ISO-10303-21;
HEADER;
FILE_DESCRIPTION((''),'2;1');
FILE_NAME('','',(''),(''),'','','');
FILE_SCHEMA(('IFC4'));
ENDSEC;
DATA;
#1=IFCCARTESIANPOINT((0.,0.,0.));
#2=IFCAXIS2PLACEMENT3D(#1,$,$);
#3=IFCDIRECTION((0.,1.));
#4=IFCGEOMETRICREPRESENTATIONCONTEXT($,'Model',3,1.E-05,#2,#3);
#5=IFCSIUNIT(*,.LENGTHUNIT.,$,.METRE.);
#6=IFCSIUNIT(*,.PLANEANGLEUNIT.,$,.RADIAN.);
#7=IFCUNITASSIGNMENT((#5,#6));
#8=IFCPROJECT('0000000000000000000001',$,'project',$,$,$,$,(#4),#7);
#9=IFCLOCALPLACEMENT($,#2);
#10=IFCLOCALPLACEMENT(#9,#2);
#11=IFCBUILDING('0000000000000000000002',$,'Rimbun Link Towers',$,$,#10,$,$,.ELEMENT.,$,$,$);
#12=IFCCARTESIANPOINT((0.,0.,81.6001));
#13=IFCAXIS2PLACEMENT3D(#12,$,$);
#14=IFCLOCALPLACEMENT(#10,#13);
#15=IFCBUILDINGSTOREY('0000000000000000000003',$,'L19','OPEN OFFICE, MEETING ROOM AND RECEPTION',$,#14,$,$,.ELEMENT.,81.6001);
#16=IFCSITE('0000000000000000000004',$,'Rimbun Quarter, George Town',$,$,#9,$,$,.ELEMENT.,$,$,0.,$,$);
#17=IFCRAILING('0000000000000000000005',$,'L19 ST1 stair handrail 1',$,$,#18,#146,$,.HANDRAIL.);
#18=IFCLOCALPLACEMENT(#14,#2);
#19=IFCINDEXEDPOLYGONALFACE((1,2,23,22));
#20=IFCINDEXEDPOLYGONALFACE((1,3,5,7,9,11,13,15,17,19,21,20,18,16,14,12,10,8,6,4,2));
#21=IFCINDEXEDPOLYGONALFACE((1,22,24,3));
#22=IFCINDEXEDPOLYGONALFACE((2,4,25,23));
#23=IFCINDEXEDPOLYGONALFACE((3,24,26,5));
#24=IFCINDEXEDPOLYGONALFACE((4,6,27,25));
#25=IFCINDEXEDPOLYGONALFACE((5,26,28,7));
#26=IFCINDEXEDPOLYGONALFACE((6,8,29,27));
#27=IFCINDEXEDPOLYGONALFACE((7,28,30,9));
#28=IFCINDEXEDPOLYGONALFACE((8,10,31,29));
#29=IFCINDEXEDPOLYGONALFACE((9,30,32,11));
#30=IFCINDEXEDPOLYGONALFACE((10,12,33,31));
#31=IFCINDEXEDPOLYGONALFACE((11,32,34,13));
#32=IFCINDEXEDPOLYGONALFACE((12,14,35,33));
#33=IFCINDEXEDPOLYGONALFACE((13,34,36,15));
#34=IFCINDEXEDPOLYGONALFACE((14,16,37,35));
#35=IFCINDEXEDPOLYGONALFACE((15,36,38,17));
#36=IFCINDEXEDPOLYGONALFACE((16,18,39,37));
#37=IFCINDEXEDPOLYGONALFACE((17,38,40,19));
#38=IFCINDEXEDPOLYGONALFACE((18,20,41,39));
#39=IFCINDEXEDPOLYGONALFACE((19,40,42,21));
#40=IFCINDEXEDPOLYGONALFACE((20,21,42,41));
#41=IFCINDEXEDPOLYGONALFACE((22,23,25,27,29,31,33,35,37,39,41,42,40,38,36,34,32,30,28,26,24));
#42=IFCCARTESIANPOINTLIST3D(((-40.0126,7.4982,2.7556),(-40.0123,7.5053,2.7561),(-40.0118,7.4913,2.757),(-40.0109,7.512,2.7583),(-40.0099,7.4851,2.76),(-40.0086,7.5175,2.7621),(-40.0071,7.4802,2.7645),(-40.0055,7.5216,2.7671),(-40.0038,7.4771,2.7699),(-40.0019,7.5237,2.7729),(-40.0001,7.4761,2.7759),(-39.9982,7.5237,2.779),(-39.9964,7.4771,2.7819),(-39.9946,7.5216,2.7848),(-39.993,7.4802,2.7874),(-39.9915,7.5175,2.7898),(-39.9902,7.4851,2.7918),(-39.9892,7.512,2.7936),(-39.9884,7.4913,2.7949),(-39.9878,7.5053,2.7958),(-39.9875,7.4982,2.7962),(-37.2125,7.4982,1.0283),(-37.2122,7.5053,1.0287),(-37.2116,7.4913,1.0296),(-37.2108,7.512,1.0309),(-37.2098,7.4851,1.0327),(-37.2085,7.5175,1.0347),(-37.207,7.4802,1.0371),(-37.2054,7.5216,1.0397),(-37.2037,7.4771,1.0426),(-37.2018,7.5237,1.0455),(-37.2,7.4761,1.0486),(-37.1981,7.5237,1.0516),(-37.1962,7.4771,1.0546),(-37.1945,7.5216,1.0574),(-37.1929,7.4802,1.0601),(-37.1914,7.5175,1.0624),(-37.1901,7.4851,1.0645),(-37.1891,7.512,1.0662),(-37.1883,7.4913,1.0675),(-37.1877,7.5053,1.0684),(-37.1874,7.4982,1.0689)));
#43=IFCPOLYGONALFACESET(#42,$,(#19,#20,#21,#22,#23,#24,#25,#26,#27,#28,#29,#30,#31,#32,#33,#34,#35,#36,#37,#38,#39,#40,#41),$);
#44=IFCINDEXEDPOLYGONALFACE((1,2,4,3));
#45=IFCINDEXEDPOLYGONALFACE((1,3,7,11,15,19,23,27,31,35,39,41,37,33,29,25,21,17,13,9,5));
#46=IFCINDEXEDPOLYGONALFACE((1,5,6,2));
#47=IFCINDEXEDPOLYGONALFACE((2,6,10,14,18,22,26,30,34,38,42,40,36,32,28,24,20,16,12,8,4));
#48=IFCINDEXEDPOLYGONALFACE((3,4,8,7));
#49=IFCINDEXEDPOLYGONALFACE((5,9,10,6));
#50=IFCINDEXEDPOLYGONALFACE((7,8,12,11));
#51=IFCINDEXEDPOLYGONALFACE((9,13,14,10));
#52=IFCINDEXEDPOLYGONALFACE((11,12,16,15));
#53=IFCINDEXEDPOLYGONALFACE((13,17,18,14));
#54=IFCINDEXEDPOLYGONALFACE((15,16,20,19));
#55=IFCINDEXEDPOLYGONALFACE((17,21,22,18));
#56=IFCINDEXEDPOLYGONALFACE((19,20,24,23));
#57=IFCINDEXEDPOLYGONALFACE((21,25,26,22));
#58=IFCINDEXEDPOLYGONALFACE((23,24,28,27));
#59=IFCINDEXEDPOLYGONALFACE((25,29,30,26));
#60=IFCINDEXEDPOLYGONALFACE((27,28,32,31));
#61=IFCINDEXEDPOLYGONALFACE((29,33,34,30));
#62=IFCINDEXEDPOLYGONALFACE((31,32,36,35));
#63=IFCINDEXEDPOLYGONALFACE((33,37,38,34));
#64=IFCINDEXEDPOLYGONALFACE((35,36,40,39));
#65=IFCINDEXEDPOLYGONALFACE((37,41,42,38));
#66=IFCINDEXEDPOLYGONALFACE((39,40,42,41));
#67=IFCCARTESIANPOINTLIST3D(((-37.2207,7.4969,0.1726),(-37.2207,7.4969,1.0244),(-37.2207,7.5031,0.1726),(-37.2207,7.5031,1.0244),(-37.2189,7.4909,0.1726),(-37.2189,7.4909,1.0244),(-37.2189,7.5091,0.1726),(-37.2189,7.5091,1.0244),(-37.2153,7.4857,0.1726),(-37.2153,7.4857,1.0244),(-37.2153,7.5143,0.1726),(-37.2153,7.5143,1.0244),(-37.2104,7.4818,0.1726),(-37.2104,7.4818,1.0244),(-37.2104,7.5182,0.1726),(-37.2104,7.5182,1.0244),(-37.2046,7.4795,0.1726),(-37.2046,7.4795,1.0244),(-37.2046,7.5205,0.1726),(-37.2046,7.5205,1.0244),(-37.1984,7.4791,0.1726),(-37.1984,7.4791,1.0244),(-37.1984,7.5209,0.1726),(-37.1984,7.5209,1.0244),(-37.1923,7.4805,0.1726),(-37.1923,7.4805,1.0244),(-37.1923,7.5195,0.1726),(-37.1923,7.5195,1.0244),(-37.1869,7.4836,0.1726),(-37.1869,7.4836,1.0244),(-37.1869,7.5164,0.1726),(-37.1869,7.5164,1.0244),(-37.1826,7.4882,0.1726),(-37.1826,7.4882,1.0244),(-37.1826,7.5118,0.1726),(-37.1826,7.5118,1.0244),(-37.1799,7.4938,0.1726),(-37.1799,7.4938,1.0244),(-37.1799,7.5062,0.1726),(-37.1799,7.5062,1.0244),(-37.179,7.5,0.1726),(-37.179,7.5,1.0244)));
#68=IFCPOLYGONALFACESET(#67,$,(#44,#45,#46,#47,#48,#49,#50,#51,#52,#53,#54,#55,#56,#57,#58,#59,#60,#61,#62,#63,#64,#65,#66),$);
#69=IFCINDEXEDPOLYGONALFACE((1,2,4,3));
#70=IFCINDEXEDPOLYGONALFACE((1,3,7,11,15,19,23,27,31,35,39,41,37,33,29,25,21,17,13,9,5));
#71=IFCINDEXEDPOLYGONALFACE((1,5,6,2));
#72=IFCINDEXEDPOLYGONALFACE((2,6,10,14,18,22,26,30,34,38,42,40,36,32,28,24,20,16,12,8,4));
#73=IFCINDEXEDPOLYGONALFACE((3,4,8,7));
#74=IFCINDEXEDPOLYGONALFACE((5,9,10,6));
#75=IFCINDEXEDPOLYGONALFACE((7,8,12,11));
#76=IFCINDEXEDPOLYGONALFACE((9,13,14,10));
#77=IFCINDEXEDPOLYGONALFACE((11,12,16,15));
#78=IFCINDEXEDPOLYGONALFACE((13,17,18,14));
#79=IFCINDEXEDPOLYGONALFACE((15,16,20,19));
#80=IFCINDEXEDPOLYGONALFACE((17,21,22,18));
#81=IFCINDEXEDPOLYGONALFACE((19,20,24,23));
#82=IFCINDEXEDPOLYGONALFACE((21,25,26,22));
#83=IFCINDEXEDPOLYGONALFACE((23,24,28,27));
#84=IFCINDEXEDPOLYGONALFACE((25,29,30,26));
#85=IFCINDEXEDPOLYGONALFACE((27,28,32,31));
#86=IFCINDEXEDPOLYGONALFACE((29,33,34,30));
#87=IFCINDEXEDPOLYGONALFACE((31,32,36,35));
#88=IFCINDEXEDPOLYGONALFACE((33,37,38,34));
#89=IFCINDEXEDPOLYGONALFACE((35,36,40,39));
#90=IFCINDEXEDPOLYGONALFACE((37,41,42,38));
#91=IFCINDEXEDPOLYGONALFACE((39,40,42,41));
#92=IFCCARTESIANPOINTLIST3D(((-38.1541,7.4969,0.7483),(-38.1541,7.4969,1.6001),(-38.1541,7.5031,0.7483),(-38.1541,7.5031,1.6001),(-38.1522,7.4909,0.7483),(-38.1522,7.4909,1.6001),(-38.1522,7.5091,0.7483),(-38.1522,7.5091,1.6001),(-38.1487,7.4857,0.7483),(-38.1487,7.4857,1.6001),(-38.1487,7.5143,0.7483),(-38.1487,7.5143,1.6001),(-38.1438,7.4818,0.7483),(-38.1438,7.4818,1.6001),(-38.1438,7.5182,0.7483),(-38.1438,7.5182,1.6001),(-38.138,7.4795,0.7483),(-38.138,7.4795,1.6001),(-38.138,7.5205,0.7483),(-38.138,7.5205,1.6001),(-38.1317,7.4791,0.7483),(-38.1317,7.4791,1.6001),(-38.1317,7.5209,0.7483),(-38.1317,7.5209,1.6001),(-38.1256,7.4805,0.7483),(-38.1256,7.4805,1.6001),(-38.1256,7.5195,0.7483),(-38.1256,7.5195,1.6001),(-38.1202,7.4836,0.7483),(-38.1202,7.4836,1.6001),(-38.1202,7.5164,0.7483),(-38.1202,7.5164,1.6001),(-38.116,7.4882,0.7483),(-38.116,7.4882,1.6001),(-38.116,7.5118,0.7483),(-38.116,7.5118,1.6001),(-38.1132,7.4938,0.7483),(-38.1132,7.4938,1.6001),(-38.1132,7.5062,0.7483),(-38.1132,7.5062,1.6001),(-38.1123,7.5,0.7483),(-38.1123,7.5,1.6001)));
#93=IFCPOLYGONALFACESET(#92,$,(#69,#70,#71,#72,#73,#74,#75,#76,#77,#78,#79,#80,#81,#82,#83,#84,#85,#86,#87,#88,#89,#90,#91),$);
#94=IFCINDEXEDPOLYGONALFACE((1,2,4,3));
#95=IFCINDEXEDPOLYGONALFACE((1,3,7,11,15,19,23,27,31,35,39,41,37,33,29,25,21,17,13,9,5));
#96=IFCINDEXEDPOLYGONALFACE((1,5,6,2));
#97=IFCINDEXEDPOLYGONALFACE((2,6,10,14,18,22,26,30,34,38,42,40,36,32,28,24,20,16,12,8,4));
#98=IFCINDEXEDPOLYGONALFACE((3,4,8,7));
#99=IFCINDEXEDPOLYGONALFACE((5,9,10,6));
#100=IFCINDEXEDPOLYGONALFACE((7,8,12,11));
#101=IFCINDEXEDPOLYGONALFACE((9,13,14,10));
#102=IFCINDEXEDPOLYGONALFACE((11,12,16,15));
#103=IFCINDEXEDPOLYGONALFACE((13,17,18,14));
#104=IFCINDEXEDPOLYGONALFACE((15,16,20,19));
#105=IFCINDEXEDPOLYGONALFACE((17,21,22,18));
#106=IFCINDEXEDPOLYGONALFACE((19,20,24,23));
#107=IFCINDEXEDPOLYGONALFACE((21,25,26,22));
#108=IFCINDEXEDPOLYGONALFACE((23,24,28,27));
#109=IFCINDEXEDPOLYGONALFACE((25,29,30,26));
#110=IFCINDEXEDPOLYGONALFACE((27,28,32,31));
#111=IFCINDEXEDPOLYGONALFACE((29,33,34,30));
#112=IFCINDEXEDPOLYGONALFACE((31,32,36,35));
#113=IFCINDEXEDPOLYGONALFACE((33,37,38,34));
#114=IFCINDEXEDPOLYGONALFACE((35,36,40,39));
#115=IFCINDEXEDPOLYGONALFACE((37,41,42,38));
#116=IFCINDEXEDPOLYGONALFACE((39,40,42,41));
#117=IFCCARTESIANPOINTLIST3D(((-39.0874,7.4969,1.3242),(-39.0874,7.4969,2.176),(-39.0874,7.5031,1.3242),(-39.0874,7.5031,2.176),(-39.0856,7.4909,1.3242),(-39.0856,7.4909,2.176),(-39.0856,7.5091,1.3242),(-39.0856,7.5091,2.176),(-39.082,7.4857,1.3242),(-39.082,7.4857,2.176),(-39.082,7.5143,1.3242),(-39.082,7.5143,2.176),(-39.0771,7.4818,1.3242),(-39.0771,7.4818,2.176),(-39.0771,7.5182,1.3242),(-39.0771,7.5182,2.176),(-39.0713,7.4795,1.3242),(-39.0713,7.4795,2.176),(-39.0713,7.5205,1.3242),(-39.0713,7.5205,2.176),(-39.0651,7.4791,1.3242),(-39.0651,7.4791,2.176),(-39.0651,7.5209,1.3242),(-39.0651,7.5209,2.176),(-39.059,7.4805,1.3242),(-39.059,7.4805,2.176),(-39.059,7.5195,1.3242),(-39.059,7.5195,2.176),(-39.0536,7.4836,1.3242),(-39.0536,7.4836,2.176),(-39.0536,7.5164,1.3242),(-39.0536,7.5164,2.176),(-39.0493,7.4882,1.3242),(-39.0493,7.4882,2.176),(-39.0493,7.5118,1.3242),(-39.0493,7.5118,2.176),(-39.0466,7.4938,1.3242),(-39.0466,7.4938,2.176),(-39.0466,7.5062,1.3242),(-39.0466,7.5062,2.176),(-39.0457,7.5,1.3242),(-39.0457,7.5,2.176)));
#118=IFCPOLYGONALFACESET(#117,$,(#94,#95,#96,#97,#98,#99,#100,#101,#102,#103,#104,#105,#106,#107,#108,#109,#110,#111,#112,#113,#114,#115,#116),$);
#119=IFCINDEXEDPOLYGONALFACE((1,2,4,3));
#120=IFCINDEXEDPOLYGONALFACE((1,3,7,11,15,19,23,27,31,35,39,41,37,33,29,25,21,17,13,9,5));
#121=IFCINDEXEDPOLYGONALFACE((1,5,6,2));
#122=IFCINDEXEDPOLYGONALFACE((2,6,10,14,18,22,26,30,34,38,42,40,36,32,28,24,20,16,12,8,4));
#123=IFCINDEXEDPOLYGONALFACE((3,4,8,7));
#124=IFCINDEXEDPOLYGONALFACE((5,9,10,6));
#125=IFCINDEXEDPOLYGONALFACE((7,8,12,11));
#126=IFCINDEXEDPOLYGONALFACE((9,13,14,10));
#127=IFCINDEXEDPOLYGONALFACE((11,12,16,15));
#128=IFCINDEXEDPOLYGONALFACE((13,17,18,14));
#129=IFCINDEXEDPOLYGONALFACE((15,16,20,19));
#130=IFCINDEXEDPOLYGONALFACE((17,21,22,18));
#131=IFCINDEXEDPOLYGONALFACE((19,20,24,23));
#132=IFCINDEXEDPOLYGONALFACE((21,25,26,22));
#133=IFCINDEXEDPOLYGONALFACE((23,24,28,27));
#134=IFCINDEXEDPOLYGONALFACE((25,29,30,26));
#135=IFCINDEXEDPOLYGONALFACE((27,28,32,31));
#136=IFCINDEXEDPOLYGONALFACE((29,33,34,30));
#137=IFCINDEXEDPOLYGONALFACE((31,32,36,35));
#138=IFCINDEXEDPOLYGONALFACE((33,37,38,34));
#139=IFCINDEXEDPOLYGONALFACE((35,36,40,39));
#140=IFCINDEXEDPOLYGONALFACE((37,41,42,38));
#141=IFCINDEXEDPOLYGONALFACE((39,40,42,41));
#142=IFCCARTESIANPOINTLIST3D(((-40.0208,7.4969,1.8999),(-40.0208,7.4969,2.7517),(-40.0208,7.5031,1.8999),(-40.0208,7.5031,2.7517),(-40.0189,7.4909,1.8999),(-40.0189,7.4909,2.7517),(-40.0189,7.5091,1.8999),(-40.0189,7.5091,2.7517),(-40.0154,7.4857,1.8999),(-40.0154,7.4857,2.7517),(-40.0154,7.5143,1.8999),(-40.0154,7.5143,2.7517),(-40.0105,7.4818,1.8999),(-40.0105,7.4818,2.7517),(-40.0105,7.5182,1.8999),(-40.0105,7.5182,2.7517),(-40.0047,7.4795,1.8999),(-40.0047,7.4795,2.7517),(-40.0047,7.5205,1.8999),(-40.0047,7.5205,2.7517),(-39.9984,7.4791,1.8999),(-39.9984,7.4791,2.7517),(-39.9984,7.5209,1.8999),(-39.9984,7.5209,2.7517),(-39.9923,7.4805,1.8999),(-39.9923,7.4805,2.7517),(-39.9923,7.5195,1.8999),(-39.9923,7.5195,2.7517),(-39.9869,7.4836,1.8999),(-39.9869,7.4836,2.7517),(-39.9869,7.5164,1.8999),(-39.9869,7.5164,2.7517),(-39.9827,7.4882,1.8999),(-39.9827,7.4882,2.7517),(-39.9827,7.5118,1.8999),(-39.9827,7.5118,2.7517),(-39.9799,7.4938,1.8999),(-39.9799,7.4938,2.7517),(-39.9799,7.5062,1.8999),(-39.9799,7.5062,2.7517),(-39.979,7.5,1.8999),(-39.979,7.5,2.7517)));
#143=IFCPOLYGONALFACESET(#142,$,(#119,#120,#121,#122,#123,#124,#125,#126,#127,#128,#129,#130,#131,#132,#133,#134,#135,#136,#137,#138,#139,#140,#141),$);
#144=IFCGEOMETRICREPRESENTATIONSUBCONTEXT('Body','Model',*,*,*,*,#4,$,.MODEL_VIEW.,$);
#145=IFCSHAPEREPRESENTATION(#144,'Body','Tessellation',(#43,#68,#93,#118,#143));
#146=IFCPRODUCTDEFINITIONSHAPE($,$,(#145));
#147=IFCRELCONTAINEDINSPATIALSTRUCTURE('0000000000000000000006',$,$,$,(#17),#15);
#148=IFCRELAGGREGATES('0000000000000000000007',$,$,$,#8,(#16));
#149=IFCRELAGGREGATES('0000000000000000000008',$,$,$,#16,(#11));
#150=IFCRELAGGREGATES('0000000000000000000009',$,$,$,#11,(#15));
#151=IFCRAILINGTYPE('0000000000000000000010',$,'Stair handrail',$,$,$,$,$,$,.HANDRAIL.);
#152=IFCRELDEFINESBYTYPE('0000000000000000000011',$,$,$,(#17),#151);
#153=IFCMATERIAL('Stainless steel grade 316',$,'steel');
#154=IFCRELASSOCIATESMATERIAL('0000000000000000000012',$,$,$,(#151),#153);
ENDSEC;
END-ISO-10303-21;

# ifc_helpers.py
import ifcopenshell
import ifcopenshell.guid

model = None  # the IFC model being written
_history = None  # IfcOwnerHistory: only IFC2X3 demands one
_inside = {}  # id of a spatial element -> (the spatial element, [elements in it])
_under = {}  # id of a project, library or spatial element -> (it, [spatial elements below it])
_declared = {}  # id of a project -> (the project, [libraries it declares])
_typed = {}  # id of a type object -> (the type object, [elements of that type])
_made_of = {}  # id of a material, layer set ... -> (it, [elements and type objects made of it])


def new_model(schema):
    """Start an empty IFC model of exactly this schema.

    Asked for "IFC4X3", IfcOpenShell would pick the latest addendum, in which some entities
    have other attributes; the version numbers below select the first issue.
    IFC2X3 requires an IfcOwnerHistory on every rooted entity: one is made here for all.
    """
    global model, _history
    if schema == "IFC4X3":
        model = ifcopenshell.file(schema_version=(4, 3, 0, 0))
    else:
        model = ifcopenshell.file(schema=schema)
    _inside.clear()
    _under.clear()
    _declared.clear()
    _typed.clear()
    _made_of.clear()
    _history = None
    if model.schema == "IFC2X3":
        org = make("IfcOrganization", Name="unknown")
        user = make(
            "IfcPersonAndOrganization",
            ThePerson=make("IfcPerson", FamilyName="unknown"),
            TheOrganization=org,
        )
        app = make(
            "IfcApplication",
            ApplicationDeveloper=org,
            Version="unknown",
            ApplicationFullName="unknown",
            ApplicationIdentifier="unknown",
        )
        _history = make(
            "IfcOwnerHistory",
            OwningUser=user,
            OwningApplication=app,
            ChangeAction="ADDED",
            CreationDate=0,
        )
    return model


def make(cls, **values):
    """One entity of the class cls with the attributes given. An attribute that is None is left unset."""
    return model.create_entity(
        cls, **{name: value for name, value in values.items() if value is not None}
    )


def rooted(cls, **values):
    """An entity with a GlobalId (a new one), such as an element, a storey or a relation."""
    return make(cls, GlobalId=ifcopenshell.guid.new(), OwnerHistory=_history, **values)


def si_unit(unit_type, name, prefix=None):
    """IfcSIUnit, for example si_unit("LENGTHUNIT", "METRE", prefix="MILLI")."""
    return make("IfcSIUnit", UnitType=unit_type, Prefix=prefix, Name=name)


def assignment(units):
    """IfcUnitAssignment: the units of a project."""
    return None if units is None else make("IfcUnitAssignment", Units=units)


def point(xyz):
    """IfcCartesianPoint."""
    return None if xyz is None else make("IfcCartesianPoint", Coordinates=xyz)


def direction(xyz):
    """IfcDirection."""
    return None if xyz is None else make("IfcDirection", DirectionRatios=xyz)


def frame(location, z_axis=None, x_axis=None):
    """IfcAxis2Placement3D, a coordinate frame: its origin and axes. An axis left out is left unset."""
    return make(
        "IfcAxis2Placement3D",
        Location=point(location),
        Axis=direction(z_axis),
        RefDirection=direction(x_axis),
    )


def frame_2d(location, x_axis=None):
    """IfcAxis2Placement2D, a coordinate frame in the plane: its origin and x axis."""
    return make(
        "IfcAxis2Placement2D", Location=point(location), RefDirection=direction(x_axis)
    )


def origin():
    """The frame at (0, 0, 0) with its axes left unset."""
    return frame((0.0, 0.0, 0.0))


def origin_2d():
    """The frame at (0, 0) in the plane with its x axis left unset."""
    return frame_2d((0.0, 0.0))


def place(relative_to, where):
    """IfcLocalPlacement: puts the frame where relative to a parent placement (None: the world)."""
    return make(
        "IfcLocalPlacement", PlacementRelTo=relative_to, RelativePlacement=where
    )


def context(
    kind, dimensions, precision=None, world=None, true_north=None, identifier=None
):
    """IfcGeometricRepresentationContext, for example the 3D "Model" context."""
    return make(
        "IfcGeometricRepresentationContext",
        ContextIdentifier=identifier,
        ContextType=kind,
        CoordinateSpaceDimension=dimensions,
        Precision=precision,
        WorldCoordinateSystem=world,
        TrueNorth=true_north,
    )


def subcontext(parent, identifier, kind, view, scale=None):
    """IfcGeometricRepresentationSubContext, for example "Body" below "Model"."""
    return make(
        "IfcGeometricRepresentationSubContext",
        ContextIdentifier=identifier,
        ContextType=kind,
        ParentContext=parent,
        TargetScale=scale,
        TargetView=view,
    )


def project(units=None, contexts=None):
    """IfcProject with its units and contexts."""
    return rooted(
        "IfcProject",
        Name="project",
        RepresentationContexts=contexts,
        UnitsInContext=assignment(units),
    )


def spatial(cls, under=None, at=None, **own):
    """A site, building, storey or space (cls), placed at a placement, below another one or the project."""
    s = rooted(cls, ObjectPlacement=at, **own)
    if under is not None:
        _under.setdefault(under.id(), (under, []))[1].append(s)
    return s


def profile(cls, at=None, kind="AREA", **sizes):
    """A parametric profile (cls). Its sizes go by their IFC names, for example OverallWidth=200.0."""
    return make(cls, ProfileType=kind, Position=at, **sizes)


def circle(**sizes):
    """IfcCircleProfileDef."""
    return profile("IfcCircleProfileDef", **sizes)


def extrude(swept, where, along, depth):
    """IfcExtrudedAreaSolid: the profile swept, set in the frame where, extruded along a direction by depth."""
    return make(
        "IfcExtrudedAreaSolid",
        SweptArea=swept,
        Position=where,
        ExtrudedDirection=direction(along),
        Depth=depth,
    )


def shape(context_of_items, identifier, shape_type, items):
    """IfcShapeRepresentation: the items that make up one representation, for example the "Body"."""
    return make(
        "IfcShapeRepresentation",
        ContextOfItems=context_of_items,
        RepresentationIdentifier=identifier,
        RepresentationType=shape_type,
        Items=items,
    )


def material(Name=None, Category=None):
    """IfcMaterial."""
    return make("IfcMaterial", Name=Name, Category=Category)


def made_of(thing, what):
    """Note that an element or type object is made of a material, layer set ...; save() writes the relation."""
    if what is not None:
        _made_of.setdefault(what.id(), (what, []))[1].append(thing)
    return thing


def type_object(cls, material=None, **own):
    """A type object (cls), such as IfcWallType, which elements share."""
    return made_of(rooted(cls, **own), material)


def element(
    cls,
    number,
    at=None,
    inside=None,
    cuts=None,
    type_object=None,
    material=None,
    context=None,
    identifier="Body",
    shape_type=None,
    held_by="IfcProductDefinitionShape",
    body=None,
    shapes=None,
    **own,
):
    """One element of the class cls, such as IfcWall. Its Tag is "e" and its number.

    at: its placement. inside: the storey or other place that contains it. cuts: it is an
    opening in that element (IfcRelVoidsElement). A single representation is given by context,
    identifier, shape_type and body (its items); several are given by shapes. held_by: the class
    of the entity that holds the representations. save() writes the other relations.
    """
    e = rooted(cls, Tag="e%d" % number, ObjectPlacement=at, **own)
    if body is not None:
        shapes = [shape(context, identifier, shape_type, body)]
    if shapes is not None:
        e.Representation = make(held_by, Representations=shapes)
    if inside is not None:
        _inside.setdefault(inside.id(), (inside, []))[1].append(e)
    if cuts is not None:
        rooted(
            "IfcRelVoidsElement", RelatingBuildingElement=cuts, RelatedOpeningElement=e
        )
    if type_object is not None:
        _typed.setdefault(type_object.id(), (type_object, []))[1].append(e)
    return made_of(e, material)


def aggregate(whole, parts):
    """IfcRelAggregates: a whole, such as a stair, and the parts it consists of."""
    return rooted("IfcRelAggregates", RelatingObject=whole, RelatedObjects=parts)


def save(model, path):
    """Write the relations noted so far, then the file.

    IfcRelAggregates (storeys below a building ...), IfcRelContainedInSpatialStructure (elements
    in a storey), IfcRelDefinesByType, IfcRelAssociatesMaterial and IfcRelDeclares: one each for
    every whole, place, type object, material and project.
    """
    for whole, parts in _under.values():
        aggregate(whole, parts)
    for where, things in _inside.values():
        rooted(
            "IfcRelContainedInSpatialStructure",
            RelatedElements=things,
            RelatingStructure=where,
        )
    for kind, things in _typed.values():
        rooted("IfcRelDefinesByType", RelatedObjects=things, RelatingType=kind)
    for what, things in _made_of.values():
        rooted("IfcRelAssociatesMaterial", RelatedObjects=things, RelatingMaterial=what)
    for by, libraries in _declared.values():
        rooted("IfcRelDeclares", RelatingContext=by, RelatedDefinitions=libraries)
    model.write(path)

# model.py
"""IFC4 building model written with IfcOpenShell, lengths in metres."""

from ifc_helpers import new_model, si_unit, direction, frame, origin, origin_2d, place, context, subcontext, project, spatial, circle, extrude, material, type_object, element, save


model = new_model("IFC4")

# Units and contexts
model_context = context("Model", 3, precision=1e-05, world=origin(), true_north=direction((0.0, 1.0)))
body_context = subcontext(model_context, "Body", "Model", "MODEL_VIEW")
ifc_project = project(units=[si_unit("LENGTHUNIT", "METRE"), si_unit("PLANEANGLEUNIT", "RADIAN")], contexts=[model_context])

# Site, building, storey
site_placement = place(None, origin())
site = spatial("IfcSite", under=ifc_project, at=site_placement, Name="Rimbun Quarter, George Town", CompositionType="ELEMENT", RefElevation=0.0)
building_placement = place(site_placement, origin())
building = spatial("IfcBuilding", under=site, at=building_placement, Name="Rimbun Link Towers", CompositionType="ELEMENT")
storey_placement = place(building_placement, frame((0.0, 0.0, 81.6001)))
storey = spatial("IfcBuildingStorey", under=building, at=storey_placement, Name="L19", Description="OPEN OFFICE, MEETING ROOM AND RECEPTION", CompositionType="ELEMENT", Elevation=81.6001)

# Railing
ifc_material_1 = material(Name="Stainless steel grade 316", Category="steel")
railing_type_1 = type_object("IfcRailingType", Name="Stair handrail", PredefinedType="HANDRAIL", material=ifc_material_1)
railing_1_placement = place(storey_placement, frame((-37.2, 7.5, 0.1726)))
element("IfcRailing", 1, at=railing_1_placement, inside=storey, type_object=railing_type_1, Name="L19 ST1 stair handrail 1", PredefinedType="HANDRAIL", context=body_context, shape_type="SweptSolid", body=[
    extrude(circle(Radius=0.0239, at=origin_2d()), frame((0.0, 0.0, 0.876), z_axis=(-0.85109, 0.0, 0.52502), x_axis=(0.0, -1.0, 0.0)), (0.0, 0.0, 1.0), 3.29),
    extrude(circle(Radius=0.021, at=origin_2d()), origin(), (0.0, 0.0, 1.0), 0.8518),
    extrude(circle(Radius=0.021, at=origin_2d()), frame((-0.9333, 0.0, 0.5757)), (0.0, 0.0, 1.0), 0.8518),
    extrude(circle(Radius=0.021, at=origin_2d()), frame((-1.8667, 0.0, 1.1516)), (0.0, 0.0, 1.0), 0.8518),
    extrude(circle(Radius=0.021, at=origin_2d()), frame((-2.8, 0.0, 1.7273)), (0.0, 0.0, 1.0), 0.8518),
])

save(model, "model.ifc")
